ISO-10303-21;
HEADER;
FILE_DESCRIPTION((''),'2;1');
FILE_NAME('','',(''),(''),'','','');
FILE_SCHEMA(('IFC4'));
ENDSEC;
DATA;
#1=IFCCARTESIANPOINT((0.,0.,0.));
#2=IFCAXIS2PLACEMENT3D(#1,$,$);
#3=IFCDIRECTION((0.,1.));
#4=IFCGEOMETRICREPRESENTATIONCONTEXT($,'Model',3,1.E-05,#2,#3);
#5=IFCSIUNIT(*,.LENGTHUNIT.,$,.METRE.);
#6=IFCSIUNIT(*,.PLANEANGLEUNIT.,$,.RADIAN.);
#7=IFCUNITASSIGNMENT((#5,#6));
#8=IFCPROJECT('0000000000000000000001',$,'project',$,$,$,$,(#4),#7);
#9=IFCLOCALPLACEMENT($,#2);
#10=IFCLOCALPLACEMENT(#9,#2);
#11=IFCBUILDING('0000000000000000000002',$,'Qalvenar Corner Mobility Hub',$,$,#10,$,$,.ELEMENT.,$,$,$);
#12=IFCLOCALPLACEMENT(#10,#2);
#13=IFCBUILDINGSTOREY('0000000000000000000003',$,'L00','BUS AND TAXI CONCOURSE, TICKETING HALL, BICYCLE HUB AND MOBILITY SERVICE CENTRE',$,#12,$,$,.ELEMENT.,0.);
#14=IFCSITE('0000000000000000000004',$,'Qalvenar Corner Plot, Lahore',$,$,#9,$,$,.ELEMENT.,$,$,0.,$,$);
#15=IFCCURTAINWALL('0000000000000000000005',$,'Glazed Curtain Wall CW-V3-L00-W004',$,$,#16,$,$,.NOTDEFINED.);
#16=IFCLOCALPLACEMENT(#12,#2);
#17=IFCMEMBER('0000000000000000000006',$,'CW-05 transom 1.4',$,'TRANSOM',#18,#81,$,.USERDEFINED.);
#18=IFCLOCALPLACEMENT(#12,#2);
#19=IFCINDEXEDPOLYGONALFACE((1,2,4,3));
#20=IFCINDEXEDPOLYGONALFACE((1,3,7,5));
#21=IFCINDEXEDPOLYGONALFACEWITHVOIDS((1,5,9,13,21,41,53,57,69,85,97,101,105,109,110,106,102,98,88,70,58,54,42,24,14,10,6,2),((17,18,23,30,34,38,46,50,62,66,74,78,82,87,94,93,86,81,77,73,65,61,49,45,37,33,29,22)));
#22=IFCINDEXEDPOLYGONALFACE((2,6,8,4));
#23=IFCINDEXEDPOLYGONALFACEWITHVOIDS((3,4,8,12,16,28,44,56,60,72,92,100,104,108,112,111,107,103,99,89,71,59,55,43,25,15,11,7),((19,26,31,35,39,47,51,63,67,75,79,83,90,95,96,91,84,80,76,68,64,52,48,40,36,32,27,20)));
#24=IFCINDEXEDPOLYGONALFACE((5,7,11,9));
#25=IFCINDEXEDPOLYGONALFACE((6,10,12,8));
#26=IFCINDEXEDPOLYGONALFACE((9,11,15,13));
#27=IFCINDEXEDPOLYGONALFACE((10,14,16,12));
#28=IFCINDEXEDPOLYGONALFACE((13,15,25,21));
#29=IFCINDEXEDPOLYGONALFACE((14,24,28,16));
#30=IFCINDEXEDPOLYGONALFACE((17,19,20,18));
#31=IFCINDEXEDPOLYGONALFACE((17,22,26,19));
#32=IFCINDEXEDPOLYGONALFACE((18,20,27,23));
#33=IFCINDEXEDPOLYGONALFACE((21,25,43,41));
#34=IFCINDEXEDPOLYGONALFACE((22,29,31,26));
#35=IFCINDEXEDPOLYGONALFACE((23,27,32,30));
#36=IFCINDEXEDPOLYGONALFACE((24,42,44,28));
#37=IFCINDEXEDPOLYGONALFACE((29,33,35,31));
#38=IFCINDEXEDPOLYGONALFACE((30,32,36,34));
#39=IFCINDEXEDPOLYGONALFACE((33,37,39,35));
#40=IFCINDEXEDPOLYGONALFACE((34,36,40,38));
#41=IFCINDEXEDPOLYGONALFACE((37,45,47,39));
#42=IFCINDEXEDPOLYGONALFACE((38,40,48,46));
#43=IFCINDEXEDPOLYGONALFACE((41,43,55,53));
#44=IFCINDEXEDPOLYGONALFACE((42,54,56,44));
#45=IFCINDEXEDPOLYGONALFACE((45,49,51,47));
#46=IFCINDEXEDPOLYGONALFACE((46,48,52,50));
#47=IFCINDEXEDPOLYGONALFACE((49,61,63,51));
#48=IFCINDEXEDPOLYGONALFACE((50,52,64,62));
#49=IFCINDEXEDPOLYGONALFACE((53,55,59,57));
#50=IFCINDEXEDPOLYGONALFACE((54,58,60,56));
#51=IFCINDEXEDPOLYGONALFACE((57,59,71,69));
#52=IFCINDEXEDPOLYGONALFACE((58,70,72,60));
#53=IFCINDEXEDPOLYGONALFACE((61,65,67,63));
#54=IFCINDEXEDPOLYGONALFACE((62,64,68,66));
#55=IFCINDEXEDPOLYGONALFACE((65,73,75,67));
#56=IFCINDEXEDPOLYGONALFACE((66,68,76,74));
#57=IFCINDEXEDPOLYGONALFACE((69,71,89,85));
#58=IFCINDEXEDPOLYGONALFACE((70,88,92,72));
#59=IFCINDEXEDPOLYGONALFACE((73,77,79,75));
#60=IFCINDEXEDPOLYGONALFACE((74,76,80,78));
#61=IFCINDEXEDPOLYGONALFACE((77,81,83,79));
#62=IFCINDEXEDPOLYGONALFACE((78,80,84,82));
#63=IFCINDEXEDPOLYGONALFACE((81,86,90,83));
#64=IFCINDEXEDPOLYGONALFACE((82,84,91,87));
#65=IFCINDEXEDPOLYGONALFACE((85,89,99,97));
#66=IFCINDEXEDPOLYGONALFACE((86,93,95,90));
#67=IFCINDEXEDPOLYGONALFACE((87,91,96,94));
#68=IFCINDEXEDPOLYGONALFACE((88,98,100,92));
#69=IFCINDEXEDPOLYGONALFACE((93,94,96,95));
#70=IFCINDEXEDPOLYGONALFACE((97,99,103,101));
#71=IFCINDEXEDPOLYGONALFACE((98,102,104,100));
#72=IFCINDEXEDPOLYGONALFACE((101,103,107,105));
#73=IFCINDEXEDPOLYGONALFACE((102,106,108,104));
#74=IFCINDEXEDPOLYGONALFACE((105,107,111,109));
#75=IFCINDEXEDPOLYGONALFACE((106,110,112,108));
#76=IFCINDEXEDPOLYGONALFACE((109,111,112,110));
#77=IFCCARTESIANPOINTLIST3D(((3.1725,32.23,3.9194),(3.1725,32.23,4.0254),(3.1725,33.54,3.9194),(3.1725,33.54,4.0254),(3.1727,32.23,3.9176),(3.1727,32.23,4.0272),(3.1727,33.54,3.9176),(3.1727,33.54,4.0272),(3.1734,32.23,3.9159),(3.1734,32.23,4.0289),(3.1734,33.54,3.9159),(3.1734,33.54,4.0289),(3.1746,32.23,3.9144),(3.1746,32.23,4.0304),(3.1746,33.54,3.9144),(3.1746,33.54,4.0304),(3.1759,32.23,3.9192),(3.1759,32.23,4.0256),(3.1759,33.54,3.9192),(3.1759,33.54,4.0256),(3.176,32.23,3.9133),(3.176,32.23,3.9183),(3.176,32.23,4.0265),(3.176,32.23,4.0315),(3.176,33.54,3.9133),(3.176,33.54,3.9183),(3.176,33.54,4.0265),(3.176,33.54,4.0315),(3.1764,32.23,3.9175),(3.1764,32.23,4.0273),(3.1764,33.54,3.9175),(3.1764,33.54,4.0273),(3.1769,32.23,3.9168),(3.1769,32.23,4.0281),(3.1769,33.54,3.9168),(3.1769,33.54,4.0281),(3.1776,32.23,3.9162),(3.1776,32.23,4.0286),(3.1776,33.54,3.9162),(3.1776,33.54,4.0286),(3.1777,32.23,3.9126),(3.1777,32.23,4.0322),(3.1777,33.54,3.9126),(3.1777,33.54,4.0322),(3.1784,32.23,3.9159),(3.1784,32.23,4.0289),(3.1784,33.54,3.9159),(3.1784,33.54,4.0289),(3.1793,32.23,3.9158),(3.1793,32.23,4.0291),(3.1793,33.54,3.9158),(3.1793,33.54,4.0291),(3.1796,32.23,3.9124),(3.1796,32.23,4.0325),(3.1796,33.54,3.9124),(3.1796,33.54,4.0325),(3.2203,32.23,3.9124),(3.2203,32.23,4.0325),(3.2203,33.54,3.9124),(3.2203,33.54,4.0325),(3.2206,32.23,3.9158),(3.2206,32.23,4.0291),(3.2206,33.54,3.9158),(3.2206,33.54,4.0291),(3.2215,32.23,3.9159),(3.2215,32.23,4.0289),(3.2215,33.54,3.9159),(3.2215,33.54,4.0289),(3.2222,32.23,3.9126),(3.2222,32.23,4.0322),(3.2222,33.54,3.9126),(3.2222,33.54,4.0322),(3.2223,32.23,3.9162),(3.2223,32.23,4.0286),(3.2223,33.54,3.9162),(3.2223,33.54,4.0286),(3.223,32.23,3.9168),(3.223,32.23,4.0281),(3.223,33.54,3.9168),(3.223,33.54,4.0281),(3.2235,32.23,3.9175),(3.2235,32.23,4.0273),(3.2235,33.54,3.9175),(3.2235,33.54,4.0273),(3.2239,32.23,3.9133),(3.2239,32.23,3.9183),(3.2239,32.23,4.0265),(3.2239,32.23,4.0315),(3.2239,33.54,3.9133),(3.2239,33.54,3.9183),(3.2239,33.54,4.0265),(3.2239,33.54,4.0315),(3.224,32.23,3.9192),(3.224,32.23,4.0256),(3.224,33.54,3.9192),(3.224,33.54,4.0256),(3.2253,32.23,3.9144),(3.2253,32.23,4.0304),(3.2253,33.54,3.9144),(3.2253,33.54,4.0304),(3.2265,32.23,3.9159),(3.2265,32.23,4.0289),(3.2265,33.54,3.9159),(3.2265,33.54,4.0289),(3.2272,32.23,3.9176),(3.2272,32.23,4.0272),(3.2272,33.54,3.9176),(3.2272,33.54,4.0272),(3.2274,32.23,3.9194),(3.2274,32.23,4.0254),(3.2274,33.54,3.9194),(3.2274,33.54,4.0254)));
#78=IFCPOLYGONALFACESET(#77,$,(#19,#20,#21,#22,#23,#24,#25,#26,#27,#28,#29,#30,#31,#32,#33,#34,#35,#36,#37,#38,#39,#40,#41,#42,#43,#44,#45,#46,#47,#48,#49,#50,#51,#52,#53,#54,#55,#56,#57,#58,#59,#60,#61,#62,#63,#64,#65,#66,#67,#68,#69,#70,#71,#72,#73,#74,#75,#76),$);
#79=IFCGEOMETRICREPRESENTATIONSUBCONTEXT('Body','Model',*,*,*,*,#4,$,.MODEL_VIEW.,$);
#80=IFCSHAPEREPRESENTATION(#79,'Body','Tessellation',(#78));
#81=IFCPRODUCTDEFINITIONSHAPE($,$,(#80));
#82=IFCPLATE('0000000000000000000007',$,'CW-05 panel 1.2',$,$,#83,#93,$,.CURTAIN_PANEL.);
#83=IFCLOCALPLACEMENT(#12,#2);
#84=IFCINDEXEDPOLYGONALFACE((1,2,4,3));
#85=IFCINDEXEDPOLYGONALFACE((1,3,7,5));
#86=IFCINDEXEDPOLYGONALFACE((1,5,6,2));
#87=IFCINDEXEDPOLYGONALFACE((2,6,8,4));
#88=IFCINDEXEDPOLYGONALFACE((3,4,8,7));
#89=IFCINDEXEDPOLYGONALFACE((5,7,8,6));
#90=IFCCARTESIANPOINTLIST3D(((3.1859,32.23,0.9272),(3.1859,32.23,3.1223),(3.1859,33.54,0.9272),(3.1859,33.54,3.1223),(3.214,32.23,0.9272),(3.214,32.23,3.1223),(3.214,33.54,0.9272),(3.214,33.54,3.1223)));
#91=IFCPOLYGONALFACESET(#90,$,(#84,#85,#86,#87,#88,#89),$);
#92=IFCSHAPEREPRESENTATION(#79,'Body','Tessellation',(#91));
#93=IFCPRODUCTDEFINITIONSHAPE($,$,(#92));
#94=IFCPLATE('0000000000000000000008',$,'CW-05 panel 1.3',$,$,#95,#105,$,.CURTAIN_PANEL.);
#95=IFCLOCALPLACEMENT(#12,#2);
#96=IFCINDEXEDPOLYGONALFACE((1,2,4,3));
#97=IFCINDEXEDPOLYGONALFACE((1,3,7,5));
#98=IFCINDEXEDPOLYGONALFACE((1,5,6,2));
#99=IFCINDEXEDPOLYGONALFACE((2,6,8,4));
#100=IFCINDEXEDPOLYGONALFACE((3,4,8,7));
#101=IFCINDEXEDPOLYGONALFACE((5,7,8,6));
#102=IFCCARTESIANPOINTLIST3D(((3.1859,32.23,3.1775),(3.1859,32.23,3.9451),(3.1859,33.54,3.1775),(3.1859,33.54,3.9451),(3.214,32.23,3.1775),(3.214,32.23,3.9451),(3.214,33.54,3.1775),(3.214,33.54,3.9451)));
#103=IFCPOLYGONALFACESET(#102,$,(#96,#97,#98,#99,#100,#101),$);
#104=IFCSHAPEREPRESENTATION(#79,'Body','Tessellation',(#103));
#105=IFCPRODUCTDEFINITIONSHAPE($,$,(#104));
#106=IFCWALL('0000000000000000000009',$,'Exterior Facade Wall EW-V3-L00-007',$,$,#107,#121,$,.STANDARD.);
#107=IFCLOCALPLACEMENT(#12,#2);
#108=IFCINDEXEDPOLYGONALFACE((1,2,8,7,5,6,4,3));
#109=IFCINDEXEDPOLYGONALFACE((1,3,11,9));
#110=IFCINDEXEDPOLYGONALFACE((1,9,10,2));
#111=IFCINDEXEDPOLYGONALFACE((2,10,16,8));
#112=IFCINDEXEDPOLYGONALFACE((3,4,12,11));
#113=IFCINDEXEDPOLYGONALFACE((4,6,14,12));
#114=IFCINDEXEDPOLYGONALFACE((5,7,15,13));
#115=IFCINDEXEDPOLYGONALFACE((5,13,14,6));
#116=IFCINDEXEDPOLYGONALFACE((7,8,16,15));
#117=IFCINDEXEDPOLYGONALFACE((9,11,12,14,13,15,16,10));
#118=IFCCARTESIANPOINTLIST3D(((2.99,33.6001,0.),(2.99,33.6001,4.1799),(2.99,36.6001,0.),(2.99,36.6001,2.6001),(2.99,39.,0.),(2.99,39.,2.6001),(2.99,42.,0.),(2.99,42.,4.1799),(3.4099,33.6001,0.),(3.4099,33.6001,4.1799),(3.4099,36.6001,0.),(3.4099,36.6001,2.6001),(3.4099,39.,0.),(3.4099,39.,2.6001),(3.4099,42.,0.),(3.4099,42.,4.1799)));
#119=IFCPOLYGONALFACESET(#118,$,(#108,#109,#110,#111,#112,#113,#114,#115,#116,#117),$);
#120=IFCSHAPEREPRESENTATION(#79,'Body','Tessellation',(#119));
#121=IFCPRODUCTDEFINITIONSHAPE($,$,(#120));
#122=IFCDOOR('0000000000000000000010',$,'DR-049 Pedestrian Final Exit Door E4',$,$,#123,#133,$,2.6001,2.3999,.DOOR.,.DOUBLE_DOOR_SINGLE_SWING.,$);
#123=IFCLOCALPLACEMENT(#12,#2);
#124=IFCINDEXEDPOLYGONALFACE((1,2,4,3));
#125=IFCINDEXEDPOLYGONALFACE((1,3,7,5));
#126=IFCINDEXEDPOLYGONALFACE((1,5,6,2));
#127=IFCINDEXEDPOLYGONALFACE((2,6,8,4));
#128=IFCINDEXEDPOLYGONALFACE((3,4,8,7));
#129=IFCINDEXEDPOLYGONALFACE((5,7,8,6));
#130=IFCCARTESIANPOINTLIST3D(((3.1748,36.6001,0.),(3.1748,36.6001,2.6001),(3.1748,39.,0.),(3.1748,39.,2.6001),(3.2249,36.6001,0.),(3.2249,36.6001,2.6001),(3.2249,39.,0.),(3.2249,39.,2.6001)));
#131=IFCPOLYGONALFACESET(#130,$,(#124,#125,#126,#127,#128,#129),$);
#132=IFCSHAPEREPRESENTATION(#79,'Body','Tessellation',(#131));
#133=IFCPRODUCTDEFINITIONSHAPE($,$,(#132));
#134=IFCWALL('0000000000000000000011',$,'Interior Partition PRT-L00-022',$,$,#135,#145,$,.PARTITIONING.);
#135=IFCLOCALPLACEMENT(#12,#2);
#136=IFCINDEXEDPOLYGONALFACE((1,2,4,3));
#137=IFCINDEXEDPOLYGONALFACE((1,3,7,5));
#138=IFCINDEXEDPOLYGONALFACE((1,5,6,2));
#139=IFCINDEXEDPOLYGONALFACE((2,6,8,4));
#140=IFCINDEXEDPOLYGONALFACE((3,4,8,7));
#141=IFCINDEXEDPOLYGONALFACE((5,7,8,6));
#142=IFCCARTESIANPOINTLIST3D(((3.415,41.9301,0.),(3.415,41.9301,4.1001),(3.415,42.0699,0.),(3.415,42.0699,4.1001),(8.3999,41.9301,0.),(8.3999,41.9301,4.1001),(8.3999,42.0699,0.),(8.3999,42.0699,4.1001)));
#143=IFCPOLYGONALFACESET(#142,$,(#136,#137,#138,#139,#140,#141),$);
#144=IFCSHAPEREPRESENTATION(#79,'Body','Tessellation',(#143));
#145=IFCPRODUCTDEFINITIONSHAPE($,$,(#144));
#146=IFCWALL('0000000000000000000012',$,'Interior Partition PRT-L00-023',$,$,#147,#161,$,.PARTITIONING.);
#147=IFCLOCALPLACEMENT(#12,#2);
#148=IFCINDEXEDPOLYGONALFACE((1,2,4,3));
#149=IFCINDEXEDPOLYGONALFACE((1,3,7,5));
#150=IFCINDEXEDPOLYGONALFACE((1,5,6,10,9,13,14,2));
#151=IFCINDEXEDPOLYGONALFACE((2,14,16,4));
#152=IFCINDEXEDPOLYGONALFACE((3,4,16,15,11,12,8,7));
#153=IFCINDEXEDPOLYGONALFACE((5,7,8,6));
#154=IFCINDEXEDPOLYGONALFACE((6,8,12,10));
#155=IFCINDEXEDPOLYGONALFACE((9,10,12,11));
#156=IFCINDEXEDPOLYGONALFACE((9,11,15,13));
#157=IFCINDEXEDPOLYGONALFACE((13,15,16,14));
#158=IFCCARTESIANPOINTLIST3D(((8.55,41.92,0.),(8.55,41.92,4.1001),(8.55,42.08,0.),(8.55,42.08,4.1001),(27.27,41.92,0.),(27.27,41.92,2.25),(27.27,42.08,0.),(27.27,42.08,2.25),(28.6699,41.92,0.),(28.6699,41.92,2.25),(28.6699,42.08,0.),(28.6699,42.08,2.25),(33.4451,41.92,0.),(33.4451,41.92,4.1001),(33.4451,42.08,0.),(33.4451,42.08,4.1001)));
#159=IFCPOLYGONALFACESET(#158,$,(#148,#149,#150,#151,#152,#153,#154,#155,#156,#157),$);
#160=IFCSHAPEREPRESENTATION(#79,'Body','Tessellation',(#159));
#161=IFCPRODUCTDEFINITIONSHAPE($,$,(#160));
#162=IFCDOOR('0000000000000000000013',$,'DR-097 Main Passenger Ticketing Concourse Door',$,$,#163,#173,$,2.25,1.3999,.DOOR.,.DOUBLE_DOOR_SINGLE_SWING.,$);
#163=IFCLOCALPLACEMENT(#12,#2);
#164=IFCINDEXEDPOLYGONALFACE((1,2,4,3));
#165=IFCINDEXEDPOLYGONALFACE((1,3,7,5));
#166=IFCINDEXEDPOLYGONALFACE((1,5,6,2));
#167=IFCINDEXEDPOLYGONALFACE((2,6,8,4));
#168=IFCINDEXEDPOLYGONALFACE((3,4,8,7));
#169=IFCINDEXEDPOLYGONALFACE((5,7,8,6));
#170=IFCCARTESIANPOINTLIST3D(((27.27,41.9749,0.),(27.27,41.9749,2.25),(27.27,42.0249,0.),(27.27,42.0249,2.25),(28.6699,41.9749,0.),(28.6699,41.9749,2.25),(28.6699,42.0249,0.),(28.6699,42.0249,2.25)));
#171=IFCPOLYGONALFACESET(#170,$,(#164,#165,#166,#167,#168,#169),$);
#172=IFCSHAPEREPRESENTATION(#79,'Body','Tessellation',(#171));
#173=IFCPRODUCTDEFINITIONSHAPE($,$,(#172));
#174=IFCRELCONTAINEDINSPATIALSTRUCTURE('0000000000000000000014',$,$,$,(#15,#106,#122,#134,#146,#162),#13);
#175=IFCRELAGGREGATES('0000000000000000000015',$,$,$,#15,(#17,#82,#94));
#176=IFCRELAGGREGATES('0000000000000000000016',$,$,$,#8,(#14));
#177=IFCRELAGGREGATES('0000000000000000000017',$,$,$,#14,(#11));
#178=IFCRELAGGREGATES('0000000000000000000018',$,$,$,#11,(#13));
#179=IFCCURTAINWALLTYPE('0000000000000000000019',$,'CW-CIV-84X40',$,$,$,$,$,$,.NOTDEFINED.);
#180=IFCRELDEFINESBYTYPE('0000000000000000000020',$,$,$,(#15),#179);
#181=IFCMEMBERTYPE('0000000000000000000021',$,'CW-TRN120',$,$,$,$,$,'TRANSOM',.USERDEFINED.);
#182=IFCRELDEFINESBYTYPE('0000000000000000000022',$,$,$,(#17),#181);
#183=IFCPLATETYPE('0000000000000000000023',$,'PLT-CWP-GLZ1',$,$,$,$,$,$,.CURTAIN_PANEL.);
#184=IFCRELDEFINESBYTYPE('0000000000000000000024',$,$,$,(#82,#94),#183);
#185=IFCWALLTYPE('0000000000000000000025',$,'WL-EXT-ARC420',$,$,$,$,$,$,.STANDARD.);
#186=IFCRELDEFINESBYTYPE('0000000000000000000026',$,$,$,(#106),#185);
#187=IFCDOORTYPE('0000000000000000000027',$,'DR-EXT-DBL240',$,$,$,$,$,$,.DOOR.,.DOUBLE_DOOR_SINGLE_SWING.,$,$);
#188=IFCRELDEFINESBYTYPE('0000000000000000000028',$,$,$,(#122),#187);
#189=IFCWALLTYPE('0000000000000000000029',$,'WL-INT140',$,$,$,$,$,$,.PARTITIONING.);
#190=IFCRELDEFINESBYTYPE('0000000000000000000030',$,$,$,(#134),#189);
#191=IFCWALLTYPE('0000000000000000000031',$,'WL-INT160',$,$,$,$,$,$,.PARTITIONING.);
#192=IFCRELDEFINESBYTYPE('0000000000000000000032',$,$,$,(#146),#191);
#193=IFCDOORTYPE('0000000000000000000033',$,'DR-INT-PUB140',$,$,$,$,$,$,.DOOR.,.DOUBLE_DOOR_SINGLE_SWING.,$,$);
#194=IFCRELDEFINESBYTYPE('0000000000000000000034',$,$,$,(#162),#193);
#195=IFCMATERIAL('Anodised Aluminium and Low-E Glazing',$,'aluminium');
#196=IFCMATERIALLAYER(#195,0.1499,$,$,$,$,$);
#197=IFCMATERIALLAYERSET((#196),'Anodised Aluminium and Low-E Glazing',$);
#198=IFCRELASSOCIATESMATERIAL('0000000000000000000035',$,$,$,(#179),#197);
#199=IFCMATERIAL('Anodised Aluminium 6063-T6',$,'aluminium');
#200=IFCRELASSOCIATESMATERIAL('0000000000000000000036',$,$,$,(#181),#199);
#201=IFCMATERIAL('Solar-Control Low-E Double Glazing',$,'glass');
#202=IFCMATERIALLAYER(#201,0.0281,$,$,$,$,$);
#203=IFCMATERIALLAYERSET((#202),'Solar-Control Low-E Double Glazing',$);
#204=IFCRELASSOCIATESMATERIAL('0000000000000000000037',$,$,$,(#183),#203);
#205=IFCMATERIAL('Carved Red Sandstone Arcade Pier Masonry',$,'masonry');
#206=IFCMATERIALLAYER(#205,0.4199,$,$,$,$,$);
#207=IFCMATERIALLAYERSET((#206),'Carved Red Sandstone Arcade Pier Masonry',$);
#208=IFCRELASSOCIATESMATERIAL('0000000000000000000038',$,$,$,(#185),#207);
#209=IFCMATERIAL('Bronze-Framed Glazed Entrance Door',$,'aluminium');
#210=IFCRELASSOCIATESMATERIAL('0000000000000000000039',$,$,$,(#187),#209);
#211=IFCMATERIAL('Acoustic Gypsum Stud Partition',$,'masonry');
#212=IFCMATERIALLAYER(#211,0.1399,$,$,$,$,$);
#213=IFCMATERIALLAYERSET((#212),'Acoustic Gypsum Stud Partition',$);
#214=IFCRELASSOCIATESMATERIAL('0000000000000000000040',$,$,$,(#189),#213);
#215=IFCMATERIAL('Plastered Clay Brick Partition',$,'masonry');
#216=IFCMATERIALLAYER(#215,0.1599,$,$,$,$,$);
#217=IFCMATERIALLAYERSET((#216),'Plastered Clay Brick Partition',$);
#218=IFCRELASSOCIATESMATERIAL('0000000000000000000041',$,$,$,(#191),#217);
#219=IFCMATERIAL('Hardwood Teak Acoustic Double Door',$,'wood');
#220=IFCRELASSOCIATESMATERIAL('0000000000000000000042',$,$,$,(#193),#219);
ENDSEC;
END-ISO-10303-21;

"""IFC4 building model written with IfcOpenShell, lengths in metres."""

from ifc_helpers import new_model, si_unit, direction, frame, frame_2d, origin, origin_2d, place, context, subcontext, project, spatial, rectangle, hollow_rectangle, extrude, material, layer, layer_set, material_profile, profile_set, type_object, element, fill, aggregate, save


model = new_model("IFC4")

# Units and contexts
model_context = context("Model", 3, precision=1e-05, world=origin(), true_north=direction((0.0, 1.0)))
body_context = subcontext(model_context, "Body", "Model", "MODEL_VIEW")
ifc_project = project(units=[si_unit("LENGTHUNIT", "METRE"), si_unit("PLANEANGLEUNIT", "RADIAN")], contexts=[model_context])

# Site, building, storey
site_placement = place(None, origin())
site = spatial("IfcSite", under=ifc_project, at=site_placement, Name="Qalvenar Corner Plot, Lahore", CompositionType="ELEMENT", RefElevation=0.0)
building_placement = place(site_placement, origin())
building = spatial("IfcBuilding", under=site, at=building_placement, Name="Qalvenar Corner Mobility Hub", CompositionType="ELEMENT")
storey_placement = place(building_placement, origin())
storey = spatial("IfcBuildingStorey", under=building, at=storey_placement, Name="L00", Description="BUS AND TAXI CONCOURSE, TICKETING HALL, BICYCLE HUB AND MOBILITY SERVICE CENTRE", CompositionType="ELEMENT", Elevation=0.0)

# Curtain wall, member, plates
ifc_material_1 = material(Name="Anodised Aluminium and Low-E Glazing", Category="aluminium")
ifc_layer_1 = layer(ifc_material_1, 0.1499)
ifc_layer_set_1 = layer_set([ifc_layer_1], Name="Anodised Aluminium and Low-E Glazing")
curtain_wall_type = type_object("IfcCurtainWallType", Name="CW-CIV-84X40", PredefinedType="NOTDEFINED", material=ifc_layer_set_1)
curtain_wall_placement = place(storey_placement, origin())
curtain_wall = element("IfcCurtainWall", 1, at=curtain_wall_placement, inside=storey, type_object=curtain_wall_type, Name="Glazed Curtain Wall CW-V3-L00-W004", PredefinedType="NOTDEFINED")
ifc_material_2 = material(Name="Anodised Aluminium 6063-T6", Category="aluminium")
ifc_material_profile_1 = material_profile(ifc_material_2, hollow_rectangle(XDim=0.0549, YDim=0.1201, WallThickness=0.0034, InnerFilletRadius=0.0034, OuterFilletRadius=0.0071, at=origin_2d()), Name="RHS120x55x3.5")
ifc_profile_set_1 = profile_set([ifc_material_profile_1], Name="Anodised Aluminium 6063-T6")
member_type_1 = type_object("IfcMemberType", Name="CW-TRN120", ElementType="TRANSOM", PredefinedType="USERDEFINED", material=ifc_profile_set_1)
member_1_placement = place(storey_placement, frame((3.2, 33.54, 3.9724), z_axis=(0.0, -1.0, 0.0), x_axis=(1.0, 0.0, 0.0)))
member_1 = element("IfcMember", 2, at=member_1_placement, type_object=member_type_1, Name="CW-05 transom 1.4", ObjectType="TRANSOM", PredefinedType="USERDEFINED", context=body_context, shape_type="SweptSolid", body=[
    extrude(hollow_rectangle(XDim=0.0549, YDim=0.1201, WallThickness=0.0034, InnerFilletRadius=0.0034, OuterFilletRadius=0.0071, at=origin_2d()), origin(), (0.0, 0.0, 1.0), 1.3101),
])
ifc_material_3 = material(Name="Solar-Control Low-E Double Glazing", Category="glass")
ifc_layer_2 = layer(ifc_material_3, 0.0281)
ifc_layer_set_2 = layer_set([ifc_layer_2], Name="Solar-Control Low-E Double Glazing")
plate_type = type_object("IfcPlateType", Name="PLT-CWP-GLZ1", PredefinedType="CURTAIN_PANEL", material=ifc_layer_set_2)
plate_1_placement = place(storey_placement, frame((3.2, 32.885, 0.9272), z_axis=(0.0, 0.0, 1.0), x_axis=(0.0, -1.0, 0.0)))
plate_1 = element("IfcPlate", 3, at=plate_1_placement, type_object=plate_type, Name="CW-05 panel 1.2", PredefinedType="CURTAIN_PANEL", context=body_context, shape_type="SweptSolid", body=[
    extrude(rectangle(XDim=1.3101, YDim=0.0281, at=origin_2d()), origin(), (0.0, 0.0, 1.0), 2.1951),
])
plate_2_placement = place(storey_placement, frame((3.2, 32.885, 3.1775), z_axis=(0.0, 0.0, 1.0), x_axis=(0.0, -1.0, 0.0)))
plate_2 = element("IfcPlate", 4, at=plate_2_placement, type_object=plate_type, Name="CW-05 panel 1.3", PredefinedType="CURTAIN_PANEL", context=body_context, shape_type="SweptSolid", body=[
    extrude(rectangle(XDim=1.3101, YDim=0.0281, at=origin_2d()), origin(), (0.0, 0.0, 1.0), 0.7676),
])
aggregate(curtain_wall, [member_1, plate_1, plate_2])

# Wall, opening, door
ifc_material_4 = material(Name="Carved Red Sandstone Arcade Pier Masonry", Category="masonry")
ifc_layer_3 = layer(ifc_material_4, 0.4199)
ifc_layer_set_3 = layer_set([ifc_layer_3], Name="Carved Red Sandstone Arcade Pier Masonry")
wall_type_1 = type_object("IfcWallType", Name="WL-EXT-ARC420", PredefinedType="STANDARD", material=ifc_layer_set_3)
wall_1_placement = place(storey_placement, frame((3.2, 42.0, 0.0), z_axis=(0.0, 0.0, 1.0), x_axis=(0.0, -1.0, 0.0)))
wall_1 = element("IfcWall", 5, at=wall_1_placement, inside=storey, type_object=wall_type_1, Name="Exterior Facade Wall EW-V3-L00-007", PredefinedType="STANDARD", context=body_context, shape_type="SweptSolid", body=[
    extrude(rectangle(XDim=8.3999, YDim=0.4199, at=frame_2d((4.2, 0.0))), origin(), (0.0, 0.0, 1.0), 4.1799),
])
opening_1_placement = place(wall_1_placement, frame((3.0, 0.0, 0.0)))
opening_1 = element("IfcOpeningElement", 6, at=opening_1_placement, cuts=wall_1, PredefinedType="OPENING", context=body_context, shape_type="SweptSolid", body=[
    extrude(rectangle(XDim=2.3999, YDim=2.6001, at=frame_2d((1.2, 1.3))), frame((0.0, 0.22, 0.0), z_axis=(0.0, -1.0, 0.0), x_axis=(1.0, 0.0, 0.0)), (0.0, 0.0, 1.0), 0.4399),
])
ifc_material_5 = material(Name="Bronze-Framed Glazed Entrance Door", Category="aluminium")
door_type_1 = type_object("IfcDoorType", Name="DR-EXT-DBL240", OperationType="DOUBLE_DOOR_SINGLE_SWING", PredefinedType="DOOR", material=ifc_material_5)
door_1_placement = place(opening_1_placement, origin())
door_1 = element("IfcDoor", 7, at=door_1_placement, inside=storey, type_object=door_type_1, Name="DR-049 Pedestrian Final Exit Door E4", OperationType="DOUBLE_DOOR_SINGLE_SWING", OverallHeight=2.6001, OverallWidth=2.3999, PredefinedType="DOOR", context=body_context, shape_type="SweptSolid", body=[
    extrude(rectangle(XDim=2.3999, YDim=2.6001, at=frame_2d((1.2, 1.3))), frame((0.0, 0.0249, 0.0), z_axis=(0.0, -1.0, 0.0), x_axis=(1.0, 0.0, 0.0)), (0.0, 0.0, 1.0), 0.05),
])
fill(opening_1, door_1)

# Wall
ifc_material_6 = material(Name="Acoustic Gypsum Stud Partition", Category="masonry")
ifc_layer_4 = layer(ifc_material_6, 0.1399)
ifc_layer_set_4 = layer_set([ifc_layer_4], Name="Acoustic Gypsum Stud Partition")
wall_type_2 = type_object("IfcWallType", Name="WL-INT140", PredefinedType="PARTITIONING", material=ifc_layer_set_4)
wall_2_placement = place(storey_placement, frame((3.415, 42.0, 0.0), z_axis=(0.0, 0.0, 1.0), x_axis=(1.0, 0.0, 0.0)))
element("IfcWall", 8, at=wall_2_placement, inside=storey, type_object=wall_type_2, Name="Interior Partition PRT-L00-022", PredefinedType="PARTITIONING", context=body_context, shape_type="SweptSolid", body=[
    extrude(rectangle(XDim=4.9849, YDim=0.1399, at=frame_2d((2.4924, 0.0))), origin(), (0.0, 0.0, 1.0), 4.1001),
])

# Wall, opening, door
ifc_material_7 = material(Name="Plastered Clay Brick Partition", Category="masonry")
ifc_layer_5 = layer(ifc_material_7, 0.1599)
ifc_layer_set_5 = layer_set([ifc_layer_5], Name="Plastered Clay Brick Partition")
wall_type_3 = type_object("IfcWallType", Name="WL-INT160", PredefinedType="PARTITIONING", material=ifc_layer_set_5)
wall_3_placement = place(storey_placement, frame((8.55, 42.0, 0.0), z_axis=(0.0, 0.0, 1.0), x_axis=(1.0, 0.0, 0.0)))
wall_3 = element("IfcWall", 9, at=wall_3_placement, inside=storey, type_object=wall_type_3, Name="Interior Partition PRT-L00-023", PredefinedType="PARTITIONING", context=body_context, shape_type="SweptSolid", body=[
    extrude(rectangle(XDim=24.895, YDim=0.1599, at=frame_2d((12.4475, 0.0))), origin(), (0.0, 0.0, 1.0), 4.1001),
])
opening_2_placement = place(wall_3_placement, frame((18.72, 0.0, 0.0)))
opening_2 = element("IfcOpeningElement", 10, at=opening_2_placement, cuts=wall_3, PredefinedType="OPENING", context=body_context, shape_type="SweptSolid", body=[
    extrude(rectangle(XDim=1.3999, YDim=2.25, at=frame_2d((0.7, 1.125))), frame((0.0, 0.0898, 0.0), z_axis=(0.0, -1.0, 0.0), x_axis=(1.0, 0.0, 0.0)), (0.0, 0.0, 1.0), 0.1799),
])
ifc_material_8 = material(Name="Hardwood Teak Acoustic Double Door", Category="wood")
door_type_2 = type_object("IfcDoorType", Name="DR-INT-PUB140", OperationType="DOUBLE_DOOR_SINGLE_SWING", PredefinedType="DOOR", material=ifc_material_8)
door_2_placement = place(opening_2_placement, origin())
door_2 = element("IfcDoor", 11, at=door_2_placement, inside=storey, type_object=door_type_2, Name="DR-097 Main Passenger Ticketing Concourse Door", OperationType="DOUBLE_DOOR_SINGLE_SWING", OverallHeight=2.25, OverallWidth=1.3999, PredefinedType="DOOR", context=body_context, shape_type="SweptSolid", body=[
    extrude(rectangle(XDim=1.3999, YDim=2.25, at=frame_2d((0.7, 1.125))), frame((0.0, 0.0249, 0.0), z_axis=(0.0, -1.0, 0.0), x_axis=(1.0, 0.0, 0.0)), (0.0, 0.0, 1.0), 0.05),
])
fill(opening_2, door_2)

save(model, "model.ifc")
